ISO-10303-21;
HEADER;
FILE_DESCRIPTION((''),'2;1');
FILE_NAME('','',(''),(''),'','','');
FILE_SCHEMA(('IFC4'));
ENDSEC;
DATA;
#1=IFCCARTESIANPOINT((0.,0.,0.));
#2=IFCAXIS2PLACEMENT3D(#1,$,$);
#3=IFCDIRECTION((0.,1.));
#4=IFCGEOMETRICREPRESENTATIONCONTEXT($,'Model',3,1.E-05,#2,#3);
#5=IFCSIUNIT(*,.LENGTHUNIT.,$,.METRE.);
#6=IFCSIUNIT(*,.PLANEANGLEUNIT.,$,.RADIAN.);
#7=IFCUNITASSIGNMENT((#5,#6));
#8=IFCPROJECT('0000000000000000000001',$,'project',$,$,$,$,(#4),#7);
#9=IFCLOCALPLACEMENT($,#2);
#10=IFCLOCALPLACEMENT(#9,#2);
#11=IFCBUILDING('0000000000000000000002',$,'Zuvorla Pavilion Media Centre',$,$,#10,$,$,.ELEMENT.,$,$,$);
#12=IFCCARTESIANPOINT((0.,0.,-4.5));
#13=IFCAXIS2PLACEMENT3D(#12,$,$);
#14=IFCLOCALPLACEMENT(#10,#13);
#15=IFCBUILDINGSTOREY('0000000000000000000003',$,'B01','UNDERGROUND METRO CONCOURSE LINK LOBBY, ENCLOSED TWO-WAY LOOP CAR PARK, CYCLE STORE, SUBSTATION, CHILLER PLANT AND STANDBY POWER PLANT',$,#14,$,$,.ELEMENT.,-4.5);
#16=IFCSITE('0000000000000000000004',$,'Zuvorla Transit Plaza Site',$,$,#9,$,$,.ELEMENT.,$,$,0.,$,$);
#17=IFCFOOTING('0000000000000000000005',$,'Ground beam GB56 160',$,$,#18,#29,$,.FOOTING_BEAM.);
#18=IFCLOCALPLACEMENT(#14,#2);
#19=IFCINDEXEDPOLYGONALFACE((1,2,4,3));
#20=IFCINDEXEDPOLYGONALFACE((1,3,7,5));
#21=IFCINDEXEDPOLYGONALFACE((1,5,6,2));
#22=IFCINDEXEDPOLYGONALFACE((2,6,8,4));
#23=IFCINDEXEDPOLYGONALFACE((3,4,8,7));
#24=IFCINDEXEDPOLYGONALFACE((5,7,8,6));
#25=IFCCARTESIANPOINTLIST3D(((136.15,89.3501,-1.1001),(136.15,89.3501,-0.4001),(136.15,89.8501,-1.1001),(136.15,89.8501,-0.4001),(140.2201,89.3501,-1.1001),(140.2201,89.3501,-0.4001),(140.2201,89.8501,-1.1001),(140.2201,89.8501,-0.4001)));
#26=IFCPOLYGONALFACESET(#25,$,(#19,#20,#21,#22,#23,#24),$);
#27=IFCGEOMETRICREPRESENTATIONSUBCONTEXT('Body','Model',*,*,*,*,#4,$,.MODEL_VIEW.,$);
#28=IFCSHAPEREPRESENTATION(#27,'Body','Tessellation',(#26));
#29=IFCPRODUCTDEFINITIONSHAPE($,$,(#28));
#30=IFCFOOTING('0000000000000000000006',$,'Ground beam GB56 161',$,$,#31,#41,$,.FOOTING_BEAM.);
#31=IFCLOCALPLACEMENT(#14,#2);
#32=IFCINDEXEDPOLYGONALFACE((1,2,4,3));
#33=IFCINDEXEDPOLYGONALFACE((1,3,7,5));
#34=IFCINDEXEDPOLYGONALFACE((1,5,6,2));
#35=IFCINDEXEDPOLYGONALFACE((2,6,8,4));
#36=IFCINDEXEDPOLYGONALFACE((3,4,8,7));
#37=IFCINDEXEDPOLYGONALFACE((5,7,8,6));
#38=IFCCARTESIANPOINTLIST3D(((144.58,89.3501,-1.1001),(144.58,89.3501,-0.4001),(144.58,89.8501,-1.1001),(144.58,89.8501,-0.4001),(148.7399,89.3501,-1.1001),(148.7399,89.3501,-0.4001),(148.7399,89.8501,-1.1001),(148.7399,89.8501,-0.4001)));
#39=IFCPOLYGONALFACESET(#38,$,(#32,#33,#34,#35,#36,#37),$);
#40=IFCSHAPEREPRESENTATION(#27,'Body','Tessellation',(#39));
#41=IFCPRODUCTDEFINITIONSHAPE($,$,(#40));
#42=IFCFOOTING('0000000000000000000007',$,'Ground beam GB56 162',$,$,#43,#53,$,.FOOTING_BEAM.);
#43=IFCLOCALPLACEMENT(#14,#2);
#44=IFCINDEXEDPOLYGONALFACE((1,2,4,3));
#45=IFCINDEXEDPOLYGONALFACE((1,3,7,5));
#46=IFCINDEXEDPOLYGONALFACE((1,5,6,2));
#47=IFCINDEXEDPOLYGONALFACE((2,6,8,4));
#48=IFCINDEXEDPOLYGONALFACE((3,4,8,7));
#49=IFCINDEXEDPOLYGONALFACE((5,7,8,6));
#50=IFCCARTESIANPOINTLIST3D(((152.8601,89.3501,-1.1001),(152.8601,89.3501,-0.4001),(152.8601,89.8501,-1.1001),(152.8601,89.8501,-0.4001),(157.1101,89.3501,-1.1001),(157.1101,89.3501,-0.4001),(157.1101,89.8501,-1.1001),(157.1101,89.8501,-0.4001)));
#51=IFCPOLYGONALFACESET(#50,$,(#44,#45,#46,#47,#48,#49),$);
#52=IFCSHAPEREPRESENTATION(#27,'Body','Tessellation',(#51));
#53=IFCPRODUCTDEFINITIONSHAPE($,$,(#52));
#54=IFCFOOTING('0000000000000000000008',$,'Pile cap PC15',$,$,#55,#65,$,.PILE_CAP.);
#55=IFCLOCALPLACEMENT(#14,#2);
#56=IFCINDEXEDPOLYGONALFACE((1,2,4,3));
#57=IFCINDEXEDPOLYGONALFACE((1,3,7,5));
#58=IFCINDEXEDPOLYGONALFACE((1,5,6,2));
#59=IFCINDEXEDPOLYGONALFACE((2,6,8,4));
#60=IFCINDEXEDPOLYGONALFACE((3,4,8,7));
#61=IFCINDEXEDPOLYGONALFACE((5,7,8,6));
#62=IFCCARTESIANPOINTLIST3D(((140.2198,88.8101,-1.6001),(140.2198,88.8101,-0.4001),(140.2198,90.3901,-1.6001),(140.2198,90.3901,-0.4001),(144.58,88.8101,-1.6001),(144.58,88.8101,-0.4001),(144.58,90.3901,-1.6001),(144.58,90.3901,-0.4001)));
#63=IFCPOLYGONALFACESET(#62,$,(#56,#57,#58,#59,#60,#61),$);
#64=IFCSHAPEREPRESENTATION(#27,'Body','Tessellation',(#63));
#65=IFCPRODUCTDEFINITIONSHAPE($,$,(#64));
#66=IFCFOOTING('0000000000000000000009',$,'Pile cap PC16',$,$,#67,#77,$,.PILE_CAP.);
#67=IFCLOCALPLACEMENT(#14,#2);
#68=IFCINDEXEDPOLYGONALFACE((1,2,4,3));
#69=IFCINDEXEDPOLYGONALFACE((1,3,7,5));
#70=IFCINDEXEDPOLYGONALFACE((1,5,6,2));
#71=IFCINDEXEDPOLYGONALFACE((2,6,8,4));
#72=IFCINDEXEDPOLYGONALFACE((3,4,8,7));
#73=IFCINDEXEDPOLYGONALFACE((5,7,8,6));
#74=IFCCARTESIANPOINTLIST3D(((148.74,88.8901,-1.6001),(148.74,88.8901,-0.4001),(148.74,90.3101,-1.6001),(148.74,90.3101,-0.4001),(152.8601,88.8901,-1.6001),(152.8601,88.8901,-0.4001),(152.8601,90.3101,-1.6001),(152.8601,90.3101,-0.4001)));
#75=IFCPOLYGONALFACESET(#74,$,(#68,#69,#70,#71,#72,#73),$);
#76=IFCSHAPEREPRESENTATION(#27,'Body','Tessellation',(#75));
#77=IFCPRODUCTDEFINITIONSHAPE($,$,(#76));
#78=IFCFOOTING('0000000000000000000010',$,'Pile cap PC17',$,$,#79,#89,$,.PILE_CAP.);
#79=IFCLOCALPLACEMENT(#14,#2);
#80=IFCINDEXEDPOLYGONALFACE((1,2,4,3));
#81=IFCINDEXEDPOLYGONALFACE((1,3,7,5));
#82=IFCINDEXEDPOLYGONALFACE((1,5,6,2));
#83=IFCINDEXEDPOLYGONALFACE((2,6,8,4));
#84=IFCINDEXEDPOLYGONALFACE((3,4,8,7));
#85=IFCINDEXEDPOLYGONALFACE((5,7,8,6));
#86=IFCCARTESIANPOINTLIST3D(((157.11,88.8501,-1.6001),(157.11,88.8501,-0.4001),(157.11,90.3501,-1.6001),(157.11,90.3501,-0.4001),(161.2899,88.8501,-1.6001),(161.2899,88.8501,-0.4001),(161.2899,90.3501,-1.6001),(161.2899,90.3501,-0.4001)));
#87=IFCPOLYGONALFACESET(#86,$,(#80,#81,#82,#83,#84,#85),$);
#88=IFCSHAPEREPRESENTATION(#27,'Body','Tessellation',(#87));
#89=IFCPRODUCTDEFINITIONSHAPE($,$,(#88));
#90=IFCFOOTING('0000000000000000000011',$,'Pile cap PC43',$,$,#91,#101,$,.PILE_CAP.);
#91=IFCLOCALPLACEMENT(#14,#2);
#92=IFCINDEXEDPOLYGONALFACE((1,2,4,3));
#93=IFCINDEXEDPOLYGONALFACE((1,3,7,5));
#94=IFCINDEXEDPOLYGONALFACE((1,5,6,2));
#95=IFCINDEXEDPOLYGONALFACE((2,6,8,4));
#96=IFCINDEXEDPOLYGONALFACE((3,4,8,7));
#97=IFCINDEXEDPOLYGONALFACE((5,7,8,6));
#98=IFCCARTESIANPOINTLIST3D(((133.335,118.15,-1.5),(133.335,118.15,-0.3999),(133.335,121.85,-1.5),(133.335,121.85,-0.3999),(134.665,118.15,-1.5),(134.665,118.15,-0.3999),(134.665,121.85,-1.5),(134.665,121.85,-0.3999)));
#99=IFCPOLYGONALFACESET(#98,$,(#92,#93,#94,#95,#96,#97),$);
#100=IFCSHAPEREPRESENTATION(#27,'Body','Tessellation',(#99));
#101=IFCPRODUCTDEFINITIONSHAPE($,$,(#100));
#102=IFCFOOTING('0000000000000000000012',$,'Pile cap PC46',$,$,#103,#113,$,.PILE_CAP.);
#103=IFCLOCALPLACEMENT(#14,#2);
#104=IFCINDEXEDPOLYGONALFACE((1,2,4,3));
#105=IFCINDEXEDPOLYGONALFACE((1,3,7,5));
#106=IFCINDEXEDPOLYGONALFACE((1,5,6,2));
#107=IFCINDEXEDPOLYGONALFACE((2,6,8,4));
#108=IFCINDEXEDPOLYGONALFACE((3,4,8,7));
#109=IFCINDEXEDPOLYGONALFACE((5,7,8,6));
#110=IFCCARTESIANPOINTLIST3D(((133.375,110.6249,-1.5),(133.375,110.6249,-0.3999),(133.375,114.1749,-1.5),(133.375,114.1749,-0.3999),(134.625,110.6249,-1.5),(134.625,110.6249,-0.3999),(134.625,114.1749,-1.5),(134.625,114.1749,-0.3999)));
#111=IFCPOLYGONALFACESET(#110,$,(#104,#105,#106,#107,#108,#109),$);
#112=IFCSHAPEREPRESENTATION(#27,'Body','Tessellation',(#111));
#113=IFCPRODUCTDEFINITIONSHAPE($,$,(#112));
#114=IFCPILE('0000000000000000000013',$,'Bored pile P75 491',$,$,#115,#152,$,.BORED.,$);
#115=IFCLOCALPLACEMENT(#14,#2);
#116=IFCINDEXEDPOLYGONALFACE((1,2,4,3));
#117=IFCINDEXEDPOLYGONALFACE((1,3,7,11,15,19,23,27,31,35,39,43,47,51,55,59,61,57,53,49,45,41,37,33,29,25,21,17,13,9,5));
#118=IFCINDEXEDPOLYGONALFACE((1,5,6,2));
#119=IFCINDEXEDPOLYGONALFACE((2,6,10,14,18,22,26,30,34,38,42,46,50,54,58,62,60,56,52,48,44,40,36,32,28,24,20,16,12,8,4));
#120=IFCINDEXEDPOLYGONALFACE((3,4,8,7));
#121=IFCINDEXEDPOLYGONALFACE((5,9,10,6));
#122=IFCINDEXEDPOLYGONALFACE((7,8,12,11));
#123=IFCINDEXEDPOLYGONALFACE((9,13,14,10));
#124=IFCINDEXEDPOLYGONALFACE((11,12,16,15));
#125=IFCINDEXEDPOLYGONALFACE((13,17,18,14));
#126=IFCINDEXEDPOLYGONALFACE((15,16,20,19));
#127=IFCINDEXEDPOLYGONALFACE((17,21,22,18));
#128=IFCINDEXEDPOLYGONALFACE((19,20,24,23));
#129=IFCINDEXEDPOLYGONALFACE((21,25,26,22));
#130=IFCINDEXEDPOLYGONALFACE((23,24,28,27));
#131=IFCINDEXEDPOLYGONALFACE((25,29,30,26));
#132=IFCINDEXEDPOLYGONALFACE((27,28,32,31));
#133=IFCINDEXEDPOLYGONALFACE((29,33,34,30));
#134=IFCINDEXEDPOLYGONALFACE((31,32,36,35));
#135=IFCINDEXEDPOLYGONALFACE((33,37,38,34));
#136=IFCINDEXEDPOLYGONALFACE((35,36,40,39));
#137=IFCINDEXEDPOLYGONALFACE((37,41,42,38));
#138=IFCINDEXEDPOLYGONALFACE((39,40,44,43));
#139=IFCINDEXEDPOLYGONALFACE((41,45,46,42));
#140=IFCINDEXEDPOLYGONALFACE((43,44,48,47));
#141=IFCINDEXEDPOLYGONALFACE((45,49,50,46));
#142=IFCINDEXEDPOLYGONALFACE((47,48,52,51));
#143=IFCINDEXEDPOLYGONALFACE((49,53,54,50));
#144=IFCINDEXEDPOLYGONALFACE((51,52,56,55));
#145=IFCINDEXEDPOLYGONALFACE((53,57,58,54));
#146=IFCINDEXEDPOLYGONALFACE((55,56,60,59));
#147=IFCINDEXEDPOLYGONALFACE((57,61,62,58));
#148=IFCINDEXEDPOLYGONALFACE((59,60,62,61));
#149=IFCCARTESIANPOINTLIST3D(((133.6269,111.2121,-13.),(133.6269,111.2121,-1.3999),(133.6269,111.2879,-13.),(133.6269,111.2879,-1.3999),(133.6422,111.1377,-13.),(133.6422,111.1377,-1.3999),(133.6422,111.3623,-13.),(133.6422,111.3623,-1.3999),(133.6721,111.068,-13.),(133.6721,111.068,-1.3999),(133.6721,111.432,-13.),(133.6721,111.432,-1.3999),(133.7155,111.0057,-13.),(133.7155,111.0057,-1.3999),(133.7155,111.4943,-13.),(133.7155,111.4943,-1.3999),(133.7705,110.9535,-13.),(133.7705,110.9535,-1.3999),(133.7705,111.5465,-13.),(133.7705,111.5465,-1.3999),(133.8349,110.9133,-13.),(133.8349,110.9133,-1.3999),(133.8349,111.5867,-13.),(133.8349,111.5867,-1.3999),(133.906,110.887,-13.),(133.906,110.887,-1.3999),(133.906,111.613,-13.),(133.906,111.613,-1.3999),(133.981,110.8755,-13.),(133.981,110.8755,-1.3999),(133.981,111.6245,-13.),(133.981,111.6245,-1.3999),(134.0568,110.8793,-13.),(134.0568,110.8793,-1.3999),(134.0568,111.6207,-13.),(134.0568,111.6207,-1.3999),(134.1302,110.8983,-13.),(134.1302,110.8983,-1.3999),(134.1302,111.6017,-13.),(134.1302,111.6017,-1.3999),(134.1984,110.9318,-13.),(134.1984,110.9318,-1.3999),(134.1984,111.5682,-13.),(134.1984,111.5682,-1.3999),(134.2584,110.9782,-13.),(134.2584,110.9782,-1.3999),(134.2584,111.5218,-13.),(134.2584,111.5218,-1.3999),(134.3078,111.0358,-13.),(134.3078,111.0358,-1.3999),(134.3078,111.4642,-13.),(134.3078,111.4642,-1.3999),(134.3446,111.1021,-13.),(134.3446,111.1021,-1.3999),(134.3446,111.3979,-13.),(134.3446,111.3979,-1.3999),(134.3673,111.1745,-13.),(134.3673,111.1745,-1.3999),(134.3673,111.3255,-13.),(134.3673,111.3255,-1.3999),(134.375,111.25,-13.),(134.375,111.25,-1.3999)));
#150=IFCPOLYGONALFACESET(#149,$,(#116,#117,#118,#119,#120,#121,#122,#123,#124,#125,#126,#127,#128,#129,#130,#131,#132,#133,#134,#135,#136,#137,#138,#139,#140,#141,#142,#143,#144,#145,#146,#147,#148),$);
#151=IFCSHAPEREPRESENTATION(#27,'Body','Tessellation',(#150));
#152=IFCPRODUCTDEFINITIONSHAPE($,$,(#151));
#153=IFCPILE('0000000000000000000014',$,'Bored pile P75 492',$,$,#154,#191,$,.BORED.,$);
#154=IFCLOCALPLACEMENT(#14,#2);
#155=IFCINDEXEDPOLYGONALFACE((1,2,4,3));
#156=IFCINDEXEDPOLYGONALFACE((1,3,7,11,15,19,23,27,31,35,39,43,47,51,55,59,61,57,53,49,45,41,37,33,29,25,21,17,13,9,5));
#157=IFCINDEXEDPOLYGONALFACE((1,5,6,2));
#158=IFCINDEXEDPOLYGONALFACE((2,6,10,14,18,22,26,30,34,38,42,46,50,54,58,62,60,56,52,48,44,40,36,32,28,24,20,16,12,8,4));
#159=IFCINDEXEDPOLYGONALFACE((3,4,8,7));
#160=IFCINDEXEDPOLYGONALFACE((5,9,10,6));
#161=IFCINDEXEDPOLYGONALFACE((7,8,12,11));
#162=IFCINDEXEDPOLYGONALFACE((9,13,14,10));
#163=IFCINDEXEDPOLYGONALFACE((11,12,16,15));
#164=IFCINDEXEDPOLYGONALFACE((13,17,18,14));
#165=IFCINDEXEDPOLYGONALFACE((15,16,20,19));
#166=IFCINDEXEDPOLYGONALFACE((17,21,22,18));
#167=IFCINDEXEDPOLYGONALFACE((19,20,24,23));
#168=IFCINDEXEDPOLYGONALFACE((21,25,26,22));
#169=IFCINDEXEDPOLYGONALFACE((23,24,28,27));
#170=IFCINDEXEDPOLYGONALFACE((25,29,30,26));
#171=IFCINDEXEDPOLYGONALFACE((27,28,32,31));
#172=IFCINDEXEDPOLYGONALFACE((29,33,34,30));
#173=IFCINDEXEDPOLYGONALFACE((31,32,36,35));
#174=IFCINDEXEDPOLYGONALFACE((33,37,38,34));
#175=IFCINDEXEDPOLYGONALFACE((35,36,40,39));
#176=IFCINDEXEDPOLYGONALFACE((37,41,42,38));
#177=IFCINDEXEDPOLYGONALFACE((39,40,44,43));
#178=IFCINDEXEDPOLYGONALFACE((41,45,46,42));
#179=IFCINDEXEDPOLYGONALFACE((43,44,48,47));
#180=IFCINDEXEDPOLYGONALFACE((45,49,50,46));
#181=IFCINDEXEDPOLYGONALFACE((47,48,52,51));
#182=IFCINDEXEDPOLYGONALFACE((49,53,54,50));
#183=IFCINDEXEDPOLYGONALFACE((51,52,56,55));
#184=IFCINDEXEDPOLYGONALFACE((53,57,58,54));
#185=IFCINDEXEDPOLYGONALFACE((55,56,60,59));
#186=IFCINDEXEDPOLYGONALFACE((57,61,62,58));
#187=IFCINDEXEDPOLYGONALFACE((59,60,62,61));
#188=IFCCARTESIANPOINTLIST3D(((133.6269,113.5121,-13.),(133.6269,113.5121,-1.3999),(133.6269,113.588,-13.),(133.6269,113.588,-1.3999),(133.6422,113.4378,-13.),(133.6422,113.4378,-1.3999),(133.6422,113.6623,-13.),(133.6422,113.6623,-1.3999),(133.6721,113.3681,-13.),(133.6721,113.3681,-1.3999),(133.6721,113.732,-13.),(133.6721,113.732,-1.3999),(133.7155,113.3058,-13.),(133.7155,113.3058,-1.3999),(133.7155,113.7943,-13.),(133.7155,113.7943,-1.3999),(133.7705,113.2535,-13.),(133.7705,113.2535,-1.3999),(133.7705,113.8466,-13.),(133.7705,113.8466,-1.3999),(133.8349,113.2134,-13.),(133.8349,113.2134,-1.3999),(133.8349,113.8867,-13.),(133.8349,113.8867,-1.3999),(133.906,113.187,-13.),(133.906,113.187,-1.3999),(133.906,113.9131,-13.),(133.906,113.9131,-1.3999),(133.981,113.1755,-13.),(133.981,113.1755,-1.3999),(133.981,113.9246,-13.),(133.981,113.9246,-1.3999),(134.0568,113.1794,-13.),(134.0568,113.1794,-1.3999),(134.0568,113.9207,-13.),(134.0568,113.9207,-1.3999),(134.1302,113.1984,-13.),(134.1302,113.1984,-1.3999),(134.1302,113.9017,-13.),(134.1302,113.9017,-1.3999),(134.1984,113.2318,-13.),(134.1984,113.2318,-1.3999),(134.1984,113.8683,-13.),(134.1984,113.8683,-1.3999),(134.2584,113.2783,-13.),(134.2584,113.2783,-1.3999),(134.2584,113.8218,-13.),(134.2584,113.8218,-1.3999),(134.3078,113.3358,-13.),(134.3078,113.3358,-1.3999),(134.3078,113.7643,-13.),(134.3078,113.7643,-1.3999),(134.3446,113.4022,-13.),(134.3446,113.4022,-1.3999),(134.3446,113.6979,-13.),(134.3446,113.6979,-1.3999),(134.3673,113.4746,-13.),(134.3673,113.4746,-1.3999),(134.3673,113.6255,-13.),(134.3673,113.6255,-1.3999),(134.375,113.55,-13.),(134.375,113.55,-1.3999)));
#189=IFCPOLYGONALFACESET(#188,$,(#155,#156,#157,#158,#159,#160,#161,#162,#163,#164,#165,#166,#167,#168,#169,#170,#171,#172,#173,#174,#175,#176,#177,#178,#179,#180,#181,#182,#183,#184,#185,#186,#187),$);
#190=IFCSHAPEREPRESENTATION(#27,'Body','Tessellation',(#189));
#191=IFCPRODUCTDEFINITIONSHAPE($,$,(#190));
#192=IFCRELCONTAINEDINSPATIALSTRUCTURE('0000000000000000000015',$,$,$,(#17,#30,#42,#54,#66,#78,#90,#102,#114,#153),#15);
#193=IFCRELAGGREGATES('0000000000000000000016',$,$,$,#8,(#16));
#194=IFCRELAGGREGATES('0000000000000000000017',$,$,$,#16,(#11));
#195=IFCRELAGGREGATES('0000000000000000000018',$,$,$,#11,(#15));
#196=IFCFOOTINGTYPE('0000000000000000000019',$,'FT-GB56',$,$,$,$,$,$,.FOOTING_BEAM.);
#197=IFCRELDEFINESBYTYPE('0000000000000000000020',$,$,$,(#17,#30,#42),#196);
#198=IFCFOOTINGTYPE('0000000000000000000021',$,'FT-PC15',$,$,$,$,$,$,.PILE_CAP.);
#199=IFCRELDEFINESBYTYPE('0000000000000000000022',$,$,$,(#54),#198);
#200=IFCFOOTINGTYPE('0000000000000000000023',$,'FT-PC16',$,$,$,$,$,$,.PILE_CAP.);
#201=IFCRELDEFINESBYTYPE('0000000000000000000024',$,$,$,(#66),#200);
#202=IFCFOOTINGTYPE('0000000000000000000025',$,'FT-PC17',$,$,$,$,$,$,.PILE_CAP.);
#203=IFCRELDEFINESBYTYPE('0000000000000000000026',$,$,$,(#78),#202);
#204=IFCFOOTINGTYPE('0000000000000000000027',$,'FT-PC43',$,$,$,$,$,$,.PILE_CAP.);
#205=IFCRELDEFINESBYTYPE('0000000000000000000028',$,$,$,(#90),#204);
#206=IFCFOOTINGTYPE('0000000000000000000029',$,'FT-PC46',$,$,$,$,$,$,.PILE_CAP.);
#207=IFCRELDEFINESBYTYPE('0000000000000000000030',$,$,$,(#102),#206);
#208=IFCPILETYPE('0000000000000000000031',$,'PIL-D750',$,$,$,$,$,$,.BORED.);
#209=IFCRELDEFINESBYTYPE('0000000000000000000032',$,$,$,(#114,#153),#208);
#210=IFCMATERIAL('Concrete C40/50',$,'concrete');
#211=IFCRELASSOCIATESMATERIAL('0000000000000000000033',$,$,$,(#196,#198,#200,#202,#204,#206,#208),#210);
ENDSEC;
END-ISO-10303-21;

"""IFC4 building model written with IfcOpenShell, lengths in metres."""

from ifc_helpers import new_model, si_unit, direction, frame, origin, origin_2d, place, context, subcontext, project, spatial, rectangle, circle, extrude, material, material_profile, profile_set, type_object, element, save


model = new_model("IFC4")

# Units and contexts
model_context = context("Model", 3, precision=1e-05, world=origin(), true_north=direction((0.0, 1.0)))
body_context = subcontext(model_context, "Body", "Model", "MODEL_VIEW")
ifc_project = project(units=[si_unit("LENGTHUNIT", "METRE"), si_unit("PLANEANGLEUNIT", "RADIAN")], contexts=[model_context])

# Site, building, storey
site_placement = place(None, origin())
site = spatial("IfcSite", under=ifc_project, at=site_placement, Name="Zuvorla Transit Plaza Site", CompositionType="ELEMENT", RefElevation=0.0)
building_placement = place(site_placement, origin())
building = spatial("IfcBuilding", under=site, at=building_placement, Name="Zuvorla Pavilion Media Centre", CompositionType="ELEMENT")
storey_placement = place(building_placement, frame((0.0, 0.0, -4.5)))
storey = spatial("IfcBuildingStorey", under=building, at=storey_placement, Name="B01", Description="UNDERGROUND METRO CONCOURSE LINK LOBBY, ENCLOSED TWO-WAY LOOP CAR PARK, CYCLE STORE, SUBSTATION, CHILLER PLANT AND STANDBY POWER PLANT", CompositionType="ELEMENT", Elevation=-4.5)

# Footings
ifc_material = material(Name="Concrete C40/50", Category="concrete")
footing_type_1 = type_object("IfcFootingType", Name="FT-GB56", PredefinedType="FOOTING_BEAM", material=ifc_material)
footing_1_placement = place(storey_placement, frame((138.1851, 89.6001, -1.1001), z_axis=(0.0, 0.0, 1.0), x_axis=(1.0, 0.0, 0.0)))
element("IfcFooting", 1, at=footing_1_placement, inside=storey, type_object=footing_type_1, Name="Ground beam GB56 160", PredefinedType="FOOTING_BEAM", context=body_context, shape_type="SweptSolid", body=[
    extrude(rectangle(XDim=4.0701, YDim=0.5, at=origin_2d()), origin(), (0.0, 0.0, 1.0), 0.7),
])
footing_2_placement = place(storey_placement, frame((146.6599, 89.6001, -1.1001), z_axis=(0.0, 0.0, 1.0), x_axis=(1.0, 0.0, 0.0)))
element("IfcFooting", 2, at=footing_2_placement, inside=storey, type_object=footing_type_1, Name="Ground beam GB56 161", PredefinedType="FOOTING_BEAM", context=body_context, shape_type="SweptSolid", body=[
    extrude(rectangle(XDim=4.1599, YDim=0.5, at=origin_2d()), origin(), (0.0, 0.0, 1.0), 0.7),
])
footing_3_placement = place(storey_placement, frame((154.9851, 89.6001, -1.1001), z_axis=(0.0, 0.0, 1.0), x_axis=(1.0, 0.0, 0.0)))
element("IfcFooting", 3, at=footing_3_placement, inside=storey, type_object=footing_type_1, Name="Ground beam GB56 162", PredefinedType="FOOTING_BEAM", context=body_context, shape_type="SweptSolid", body=[
    extrude(rectangle(XDim=4.25, YDim=0.5, at=origin_2d()), origin(), (0.0, 0.0, 1.0), 0.7),
])
footing_type_2 = type_object("IfcFootingType", Name="FT-PC15", PredefinedType="PILE_CAP", material=ifc_material)
footing_4_placement = place(storey_placement, frame((142.3999, 89.6001, -1.6001), z_axis=(0.0, 0.0, 1.0), x_axis=(1.0, 0.0, 0.0)))
element("IfcFooting", 4, at=footing_4_placement, inside=storey, type_object=footing_type_2, Name="Pile cap PC15", PredefinedType="PILE_CAP", context=body_context, shape_type="SweptSolid", body=[
    extrude(rectangle(XDim=4.3601, YDim=1.5801, at=origin_2d()), origin(), (0.0, 0.0, 1.0), 1.2),
])
footing_type_3 = type_object("IfcFootingType", Name="FT-PC16", PredefinedType="PILE_CAP", material=ifc_material)
footing_5_placement = place(storey_placement, frame((150.8, 89.6001, -1.6001), z_axis=(0.0, 0.0, 1.0), x_axis=(1.0, 0.0, 0.0)))
element("IfcFooting", 5, at=footing_5_placement, inside=storey, type_object=footing_type_3, Name="Pile cap PC16", PredefinedType="PILE_CAP", context=body_context, shape_type="SweptSolid", body=[
    extrude(rectangle(XDim=4.1201, YDim=1.4199, at=origin_2d()), origin(), (0.0, 0.0, 1.0), 1.2),
])
footing_type_4 = type_object("IfcFootingType", Name="FT-PC17", PredefinedType="PILE_CAP", material=ifc_material)
footing_6_placement = place(storey_placement, frame((159.2, 89.6001, -1.6001), z_axis=(0.0, 0.0, 1.0), x_axis=(1.0, 0.0, 0.0)))
element("IfcFooting", 6, at=footing_6_placement, inside=storey, type_object=footing_type_4, Name="Pile cap PC17", PredefinedType="PILE_CAP", context=body_context, shape_type="SweptSolid", body=[
    extrude(rectangle(XDim=4.1799, YDim=1.5, at=origin_2d()), origin(), (0.0, 0.0, 1.0), 1.2),
])
footing_type_5 = type_object("IfcFootingType", Name="FT-PC43", PredefinedType="PILE_CAP", material=ifc_material)
footing_7_placement = place(storey_placement, frame((134.0, 120.0, -1.5), z_axis=(0.0, 0.0, 1.0), x_axis=(1.0, 0.0, 0.0)))
element("IfcFooting", 7, at=footing_7_placement, inside=storey, type_object=footing_type_5, Name="Pile cap PC43", PredefinedType="PILE_CAP", context=body_context, shape_type="SweptSolid", body=[
    extrude(rectangle(XDim=1.3301, YDim=3.7, at=origin_2d()), origin(), (0.0, 0.0, 1.0), 1.1001),
])
footing_type_6 = type_object("IfcFootingType", Name="FT-PC46", PredefinedType="PILE_CAP", material=ifc_material)
footing_8_placement = place(storey_placement, frame((134.0, 112.3999, -1.5), z_axis=(0.0, 0.0, 1.0), x_axis=(1.0, 0.0, 0.0)))
element("IfcFooting", 8, at=footing_8_placement, inside=storey, type_object=footing_type_6, Name="Pile cap PC46", PredefinedType="PILE_CAP", context=body_context, shape_type="SweptSolid", body=[
    extrude(rectangle(XDim=1.25, YDim=3.55, at=origin_2d()), origin(), (0.0, 0.0, 1.0), 1.1001),
])

# Piles
ifc_material_profile_1 = material_profile(ifc_material, circle(Radius=0.375, at=origin_2d()), Name="BORED PILE 750")
ifc_profile_set_1 = profile_set([ifc_material_profile_1], Name="Concrete C40/50")
pile_type_1 = type_object("IfcPileType", Name="PIL-D750", PredefinedType="BORED", material=ifc_profile_set_1)
for number, where, z_axis, x_axis, name in (
    (9, (134.0, 111.25, -1.3999), (0.0, 0.0, -1.0), (1.0, 0.0, 0.0), "Bored pile P75 491"),
    (10, (134.0, 113.55, -1.3999), (0.0, 0.0, -1.0), (1.0, 0.0, 0.0), "Bored pile P75 492"),
):
    element("IfcPile", number, at=place(storey_placement, frame(where, z_axis=z_axis, x_axis=x_axis)), inside=storey, type_object=pile_type_1, Name=name, PredefinedType="BORED", context=body_context, shape_type="SweptSolid", body=[
        extrude(circle(Radius=0.375, at=origin_2d()), origin(), (0.0, 0.0, 1.0), 11.6001),
    ])

save(model, "model.ifc")
